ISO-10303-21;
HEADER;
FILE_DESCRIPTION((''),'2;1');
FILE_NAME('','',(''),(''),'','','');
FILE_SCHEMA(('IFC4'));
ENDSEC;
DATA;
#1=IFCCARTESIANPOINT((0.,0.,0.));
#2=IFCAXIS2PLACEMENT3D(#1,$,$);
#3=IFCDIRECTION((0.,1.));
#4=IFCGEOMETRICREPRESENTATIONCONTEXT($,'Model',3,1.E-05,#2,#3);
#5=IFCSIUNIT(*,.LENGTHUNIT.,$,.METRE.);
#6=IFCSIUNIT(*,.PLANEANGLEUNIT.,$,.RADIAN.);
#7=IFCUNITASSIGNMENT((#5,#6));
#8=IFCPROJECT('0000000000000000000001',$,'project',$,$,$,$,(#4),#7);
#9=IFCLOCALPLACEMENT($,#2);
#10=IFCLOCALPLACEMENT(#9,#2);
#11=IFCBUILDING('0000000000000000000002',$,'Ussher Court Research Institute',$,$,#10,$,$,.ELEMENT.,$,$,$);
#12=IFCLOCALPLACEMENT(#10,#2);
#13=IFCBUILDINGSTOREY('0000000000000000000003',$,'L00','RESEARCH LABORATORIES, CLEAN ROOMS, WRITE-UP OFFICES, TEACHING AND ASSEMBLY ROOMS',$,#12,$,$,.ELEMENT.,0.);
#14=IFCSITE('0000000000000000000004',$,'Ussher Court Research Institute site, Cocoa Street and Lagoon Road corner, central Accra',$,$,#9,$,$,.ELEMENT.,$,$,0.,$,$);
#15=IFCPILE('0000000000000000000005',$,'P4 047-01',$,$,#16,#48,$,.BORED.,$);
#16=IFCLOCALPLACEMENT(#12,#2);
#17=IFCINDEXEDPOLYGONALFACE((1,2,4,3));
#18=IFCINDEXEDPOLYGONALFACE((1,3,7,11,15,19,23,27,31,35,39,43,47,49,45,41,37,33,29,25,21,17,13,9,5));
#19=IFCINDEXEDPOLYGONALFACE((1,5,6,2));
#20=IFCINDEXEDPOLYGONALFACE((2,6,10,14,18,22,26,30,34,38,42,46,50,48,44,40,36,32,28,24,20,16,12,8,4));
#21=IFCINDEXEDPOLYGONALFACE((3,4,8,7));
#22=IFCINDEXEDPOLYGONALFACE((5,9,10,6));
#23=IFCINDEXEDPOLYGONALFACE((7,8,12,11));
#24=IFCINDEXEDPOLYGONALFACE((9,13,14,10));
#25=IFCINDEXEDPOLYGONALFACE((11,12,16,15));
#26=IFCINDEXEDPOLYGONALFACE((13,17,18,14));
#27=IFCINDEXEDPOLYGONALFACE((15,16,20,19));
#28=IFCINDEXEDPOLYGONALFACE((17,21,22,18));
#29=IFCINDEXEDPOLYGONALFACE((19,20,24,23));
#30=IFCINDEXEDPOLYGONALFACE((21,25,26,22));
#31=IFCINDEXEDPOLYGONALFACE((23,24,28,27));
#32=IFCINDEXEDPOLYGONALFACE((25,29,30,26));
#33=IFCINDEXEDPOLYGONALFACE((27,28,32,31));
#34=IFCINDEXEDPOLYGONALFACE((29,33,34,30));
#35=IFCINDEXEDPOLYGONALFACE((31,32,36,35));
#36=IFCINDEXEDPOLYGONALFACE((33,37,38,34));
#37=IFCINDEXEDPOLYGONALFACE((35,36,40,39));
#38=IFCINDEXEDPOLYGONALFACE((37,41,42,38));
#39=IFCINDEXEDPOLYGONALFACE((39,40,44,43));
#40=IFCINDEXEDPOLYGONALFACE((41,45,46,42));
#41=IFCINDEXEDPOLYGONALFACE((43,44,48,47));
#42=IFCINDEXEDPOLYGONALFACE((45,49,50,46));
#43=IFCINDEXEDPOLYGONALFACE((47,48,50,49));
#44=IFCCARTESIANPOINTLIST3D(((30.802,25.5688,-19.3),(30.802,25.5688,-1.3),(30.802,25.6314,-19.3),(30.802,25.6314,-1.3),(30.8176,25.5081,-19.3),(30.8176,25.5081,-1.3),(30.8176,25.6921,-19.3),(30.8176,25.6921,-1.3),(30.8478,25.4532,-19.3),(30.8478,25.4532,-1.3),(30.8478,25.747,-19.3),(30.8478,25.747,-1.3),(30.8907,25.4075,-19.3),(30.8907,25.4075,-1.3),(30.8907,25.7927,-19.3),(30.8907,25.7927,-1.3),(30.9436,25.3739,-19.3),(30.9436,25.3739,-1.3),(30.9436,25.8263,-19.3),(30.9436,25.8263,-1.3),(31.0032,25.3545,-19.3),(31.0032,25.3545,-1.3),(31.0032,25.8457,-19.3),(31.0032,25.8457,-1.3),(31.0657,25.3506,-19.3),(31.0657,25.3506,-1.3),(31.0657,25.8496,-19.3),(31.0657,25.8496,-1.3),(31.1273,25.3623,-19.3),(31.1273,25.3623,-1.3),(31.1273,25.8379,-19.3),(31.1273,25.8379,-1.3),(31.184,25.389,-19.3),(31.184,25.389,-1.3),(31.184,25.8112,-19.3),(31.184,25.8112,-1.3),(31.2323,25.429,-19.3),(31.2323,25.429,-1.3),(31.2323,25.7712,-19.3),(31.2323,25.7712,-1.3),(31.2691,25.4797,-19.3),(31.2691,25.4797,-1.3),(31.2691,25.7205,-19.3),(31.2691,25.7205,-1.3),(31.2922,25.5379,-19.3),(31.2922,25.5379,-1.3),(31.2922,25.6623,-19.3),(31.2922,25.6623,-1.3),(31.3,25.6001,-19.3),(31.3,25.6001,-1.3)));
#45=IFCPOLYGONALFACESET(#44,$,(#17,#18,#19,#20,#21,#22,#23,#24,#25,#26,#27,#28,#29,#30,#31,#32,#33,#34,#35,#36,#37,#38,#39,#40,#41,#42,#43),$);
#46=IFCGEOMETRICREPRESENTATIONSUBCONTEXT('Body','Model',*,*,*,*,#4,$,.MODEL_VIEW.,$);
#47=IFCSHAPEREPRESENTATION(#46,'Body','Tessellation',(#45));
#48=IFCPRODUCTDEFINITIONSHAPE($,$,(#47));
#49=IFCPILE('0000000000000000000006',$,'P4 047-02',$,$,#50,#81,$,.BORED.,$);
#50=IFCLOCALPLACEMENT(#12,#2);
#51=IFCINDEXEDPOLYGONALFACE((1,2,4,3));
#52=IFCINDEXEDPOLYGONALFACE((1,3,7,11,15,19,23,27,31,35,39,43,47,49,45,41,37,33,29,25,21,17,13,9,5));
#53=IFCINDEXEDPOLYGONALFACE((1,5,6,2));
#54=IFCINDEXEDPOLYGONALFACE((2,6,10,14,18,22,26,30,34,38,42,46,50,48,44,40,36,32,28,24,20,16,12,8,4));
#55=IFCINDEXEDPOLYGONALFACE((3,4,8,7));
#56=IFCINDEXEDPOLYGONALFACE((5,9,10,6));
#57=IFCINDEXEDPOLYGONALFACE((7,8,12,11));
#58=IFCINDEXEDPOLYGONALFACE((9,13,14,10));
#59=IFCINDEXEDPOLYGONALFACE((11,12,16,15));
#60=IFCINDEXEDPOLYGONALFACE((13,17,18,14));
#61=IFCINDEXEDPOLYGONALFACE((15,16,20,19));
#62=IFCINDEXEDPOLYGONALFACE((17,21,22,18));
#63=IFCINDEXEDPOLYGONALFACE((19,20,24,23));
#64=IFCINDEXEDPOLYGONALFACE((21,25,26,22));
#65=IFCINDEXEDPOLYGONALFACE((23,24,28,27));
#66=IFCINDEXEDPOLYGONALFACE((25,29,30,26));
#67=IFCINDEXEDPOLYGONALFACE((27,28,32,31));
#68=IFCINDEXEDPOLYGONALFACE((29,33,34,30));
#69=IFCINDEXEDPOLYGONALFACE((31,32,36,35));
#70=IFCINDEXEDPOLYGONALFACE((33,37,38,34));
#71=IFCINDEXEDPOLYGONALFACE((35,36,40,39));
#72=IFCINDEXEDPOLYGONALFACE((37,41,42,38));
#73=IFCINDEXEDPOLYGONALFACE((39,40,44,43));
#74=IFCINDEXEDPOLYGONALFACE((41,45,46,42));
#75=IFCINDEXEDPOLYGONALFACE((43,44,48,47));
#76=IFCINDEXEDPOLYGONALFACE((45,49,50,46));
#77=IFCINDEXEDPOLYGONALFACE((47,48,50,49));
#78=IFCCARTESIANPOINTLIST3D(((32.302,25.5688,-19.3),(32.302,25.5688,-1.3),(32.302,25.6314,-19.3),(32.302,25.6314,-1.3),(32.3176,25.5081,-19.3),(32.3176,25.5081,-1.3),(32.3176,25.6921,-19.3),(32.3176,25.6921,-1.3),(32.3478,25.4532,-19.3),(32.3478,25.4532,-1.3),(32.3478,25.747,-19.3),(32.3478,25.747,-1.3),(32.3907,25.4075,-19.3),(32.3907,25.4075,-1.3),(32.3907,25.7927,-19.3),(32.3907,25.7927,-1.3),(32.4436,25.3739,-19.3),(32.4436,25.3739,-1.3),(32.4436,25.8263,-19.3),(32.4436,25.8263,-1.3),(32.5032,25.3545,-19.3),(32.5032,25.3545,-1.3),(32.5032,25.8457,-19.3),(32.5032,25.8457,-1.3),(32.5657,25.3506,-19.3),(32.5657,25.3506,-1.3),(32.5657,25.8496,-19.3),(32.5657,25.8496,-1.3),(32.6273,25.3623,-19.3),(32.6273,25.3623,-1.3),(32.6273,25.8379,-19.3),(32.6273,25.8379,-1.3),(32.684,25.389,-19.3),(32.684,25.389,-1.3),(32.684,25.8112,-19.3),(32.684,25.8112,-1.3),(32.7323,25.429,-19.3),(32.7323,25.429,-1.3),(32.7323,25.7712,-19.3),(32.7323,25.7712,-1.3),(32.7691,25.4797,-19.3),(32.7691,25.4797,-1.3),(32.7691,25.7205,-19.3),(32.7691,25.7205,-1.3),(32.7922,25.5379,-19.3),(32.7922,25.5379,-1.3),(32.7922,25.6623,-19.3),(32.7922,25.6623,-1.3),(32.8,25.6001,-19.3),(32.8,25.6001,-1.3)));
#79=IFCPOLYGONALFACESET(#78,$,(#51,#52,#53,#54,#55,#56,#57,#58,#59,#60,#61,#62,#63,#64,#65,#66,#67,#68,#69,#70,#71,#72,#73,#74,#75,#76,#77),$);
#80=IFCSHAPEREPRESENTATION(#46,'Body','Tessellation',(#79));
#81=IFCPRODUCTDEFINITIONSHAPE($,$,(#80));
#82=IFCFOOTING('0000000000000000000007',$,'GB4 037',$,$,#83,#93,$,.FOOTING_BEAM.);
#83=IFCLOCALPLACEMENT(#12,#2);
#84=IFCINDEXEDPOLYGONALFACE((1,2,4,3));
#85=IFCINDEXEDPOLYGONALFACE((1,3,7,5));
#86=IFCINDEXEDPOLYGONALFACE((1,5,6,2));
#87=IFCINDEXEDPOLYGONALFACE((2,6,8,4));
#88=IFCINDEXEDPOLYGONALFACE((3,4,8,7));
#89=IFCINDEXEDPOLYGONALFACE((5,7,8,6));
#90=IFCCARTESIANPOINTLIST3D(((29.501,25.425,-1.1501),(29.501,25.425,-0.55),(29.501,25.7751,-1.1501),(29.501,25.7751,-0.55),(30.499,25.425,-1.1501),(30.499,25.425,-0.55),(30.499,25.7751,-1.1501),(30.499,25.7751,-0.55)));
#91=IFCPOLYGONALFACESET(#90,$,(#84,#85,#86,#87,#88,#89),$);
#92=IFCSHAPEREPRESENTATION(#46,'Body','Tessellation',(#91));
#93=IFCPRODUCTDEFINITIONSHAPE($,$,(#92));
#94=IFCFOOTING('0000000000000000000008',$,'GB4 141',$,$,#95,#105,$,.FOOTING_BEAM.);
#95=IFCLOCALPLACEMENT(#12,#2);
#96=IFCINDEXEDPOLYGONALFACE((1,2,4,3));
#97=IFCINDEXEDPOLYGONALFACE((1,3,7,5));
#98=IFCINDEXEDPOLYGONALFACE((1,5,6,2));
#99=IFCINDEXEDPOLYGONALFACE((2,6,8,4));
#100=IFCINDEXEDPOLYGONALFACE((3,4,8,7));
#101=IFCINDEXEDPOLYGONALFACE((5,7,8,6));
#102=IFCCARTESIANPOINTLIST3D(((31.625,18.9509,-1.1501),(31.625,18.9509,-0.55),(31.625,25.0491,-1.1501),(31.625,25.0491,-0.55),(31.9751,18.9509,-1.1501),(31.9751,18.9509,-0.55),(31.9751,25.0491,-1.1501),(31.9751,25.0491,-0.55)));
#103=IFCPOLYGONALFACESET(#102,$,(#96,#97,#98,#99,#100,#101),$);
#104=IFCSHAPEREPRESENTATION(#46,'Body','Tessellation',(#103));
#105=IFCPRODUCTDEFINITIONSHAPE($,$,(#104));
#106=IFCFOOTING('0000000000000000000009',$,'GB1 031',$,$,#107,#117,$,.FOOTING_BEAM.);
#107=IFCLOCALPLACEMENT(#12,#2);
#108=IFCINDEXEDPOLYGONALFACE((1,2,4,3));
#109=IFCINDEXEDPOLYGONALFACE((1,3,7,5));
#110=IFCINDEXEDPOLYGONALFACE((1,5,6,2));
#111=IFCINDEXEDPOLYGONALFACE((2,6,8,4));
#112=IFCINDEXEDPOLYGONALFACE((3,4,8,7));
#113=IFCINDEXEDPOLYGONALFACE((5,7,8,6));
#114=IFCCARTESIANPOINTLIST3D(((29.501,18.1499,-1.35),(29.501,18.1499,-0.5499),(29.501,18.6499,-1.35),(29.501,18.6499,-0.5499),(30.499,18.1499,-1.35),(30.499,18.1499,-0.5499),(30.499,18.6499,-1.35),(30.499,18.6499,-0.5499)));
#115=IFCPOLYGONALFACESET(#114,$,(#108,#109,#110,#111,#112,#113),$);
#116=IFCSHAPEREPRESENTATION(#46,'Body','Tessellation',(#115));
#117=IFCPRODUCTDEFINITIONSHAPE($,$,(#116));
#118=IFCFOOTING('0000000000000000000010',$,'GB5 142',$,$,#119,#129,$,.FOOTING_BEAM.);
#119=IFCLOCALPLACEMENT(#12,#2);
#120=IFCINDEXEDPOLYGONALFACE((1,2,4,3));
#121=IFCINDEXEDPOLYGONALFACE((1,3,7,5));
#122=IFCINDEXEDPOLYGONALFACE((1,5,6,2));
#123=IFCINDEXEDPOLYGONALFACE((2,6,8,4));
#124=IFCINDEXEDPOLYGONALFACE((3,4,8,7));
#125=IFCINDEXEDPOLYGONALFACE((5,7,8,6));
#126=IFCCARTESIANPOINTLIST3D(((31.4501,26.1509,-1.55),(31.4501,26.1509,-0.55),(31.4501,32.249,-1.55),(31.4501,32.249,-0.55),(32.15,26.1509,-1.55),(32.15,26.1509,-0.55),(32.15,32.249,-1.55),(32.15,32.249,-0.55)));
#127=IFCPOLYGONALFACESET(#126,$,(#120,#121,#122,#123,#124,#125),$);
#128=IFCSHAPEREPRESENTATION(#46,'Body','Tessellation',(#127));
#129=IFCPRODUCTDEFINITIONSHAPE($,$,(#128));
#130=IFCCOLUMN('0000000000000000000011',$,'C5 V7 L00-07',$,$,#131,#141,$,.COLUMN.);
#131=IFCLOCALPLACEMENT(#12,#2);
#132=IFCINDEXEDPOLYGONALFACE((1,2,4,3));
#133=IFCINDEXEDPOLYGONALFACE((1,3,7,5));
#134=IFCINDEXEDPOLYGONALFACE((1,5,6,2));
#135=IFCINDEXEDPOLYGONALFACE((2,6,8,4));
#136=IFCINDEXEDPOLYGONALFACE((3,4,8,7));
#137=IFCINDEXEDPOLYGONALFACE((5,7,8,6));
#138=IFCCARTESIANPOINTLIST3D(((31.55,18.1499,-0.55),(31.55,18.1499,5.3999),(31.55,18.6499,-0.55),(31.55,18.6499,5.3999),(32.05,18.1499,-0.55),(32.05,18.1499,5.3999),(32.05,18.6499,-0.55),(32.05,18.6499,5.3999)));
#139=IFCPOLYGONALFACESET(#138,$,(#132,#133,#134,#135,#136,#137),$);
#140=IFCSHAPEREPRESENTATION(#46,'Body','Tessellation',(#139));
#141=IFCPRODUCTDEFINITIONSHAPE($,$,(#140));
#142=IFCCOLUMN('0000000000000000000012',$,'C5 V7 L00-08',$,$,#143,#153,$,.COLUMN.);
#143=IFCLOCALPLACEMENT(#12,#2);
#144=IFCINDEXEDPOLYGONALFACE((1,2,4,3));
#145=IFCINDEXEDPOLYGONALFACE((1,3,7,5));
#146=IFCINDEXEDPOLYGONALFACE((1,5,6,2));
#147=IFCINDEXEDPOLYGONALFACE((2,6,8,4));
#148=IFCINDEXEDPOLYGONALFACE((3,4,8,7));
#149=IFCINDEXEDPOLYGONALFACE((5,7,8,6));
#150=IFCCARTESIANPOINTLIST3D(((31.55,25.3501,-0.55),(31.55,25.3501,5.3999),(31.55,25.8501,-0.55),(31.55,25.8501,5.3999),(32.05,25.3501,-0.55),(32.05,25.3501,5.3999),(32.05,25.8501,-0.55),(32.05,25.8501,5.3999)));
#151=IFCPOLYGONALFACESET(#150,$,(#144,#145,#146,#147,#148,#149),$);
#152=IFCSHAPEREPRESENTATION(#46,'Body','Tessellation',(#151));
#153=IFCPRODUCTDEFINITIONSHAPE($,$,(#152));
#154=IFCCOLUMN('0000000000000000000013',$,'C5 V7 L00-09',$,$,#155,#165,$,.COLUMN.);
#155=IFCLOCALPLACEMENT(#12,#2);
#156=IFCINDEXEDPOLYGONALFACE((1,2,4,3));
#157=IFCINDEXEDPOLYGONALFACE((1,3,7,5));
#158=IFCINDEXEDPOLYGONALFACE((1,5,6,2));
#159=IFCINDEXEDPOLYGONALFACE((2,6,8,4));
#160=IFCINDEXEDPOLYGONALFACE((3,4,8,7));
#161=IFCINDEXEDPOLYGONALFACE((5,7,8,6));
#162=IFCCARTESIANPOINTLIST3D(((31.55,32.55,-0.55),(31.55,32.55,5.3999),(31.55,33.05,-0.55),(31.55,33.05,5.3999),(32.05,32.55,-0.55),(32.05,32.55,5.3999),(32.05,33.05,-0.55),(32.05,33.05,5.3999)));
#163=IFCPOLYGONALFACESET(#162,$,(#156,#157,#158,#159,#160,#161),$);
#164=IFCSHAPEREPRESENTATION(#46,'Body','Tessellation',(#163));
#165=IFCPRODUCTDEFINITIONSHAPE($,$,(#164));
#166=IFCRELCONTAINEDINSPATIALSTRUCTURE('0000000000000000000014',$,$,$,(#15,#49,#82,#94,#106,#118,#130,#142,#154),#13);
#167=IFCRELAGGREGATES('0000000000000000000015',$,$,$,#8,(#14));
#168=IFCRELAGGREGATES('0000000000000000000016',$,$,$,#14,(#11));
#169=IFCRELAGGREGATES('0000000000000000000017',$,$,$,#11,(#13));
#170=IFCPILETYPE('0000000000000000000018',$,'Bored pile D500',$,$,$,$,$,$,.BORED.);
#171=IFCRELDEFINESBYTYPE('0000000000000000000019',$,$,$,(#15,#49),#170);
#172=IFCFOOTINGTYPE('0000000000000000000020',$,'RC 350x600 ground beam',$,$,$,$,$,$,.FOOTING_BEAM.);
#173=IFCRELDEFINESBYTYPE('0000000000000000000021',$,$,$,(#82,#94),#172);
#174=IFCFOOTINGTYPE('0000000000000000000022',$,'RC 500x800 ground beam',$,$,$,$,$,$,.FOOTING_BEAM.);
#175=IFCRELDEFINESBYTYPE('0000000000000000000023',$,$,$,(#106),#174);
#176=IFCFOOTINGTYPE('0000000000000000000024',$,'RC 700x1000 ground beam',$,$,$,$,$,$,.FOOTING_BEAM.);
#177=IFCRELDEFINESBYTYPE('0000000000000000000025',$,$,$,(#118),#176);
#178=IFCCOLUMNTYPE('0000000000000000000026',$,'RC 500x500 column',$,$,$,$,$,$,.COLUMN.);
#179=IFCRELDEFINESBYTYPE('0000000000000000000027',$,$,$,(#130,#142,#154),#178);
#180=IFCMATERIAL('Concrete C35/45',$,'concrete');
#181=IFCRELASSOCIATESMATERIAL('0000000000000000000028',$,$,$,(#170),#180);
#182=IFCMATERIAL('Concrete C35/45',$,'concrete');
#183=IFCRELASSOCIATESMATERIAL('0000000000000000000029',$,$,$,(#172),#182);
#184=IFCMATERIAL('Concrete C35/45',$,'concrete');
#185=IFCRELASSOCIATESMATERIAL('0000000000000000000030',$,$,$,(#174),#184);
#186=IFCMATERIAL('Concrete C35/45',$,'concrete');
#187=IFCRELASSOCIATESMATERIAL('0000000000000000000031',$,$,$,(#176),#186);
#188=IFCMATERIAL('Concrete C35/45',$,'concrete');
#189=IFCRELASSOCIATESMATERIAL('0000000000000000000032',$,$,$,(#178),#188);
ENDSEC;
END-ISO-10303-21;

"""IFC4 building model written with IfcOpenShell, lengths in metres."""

from ifc_helpers import new_model, si_unit, direction, frame, origin, origin_2d, place, context, subcontext, project, spatial, rectangle, circle, extrude, material, material_profile, profile_set, type_object, element, save


model = new_model("IFC4")

# Units and contexts
model_context = context("Model", 3, precision=1e-05, world=origin(), true_north=direction((0.0, 1.0)))
body_context = subcontext(model_context, "Body", "Model", "MODEL_VIEW")
ifc_project = project(units=[si_unit("LENGTHUNIT", "METRE"), si_unit("PLANEANGLEUNIT", "RADIAN")], contexts=[model_context])

# Site, building, storey
site_placement = place(None, origin())
site = spatial("IfcSite", under=ifc_project, at=site_placement, Name="Ussher Court Research Institute site, Cocoa Street and Lagoon Road corner, central Accra", CompositionType="ELEMENT", RefElevation=0.0)
building_placement = place(site_placement, origin())
building = spatial("IfcBuilding", under=site, at=building_placement, Name="Ussher Court Research Institute", CompositionType="ELEMENT")
storey_placement = place(building_placement, origin())
storey = spatial("IfcBuildingStorey", under=building, at=storey_placement, Name="L00", Description="RESEARCH LABORATORIES, CLEAN ROOMS, WRITE-UP OFFICES, TEACHING AND ASSEMBLY ROOMS", CompositionType="ELEMENT", Elevation=0.0)

# Piles
ifc_material_1 = material(Name="Concrete C35/45", Category="concrete")
ifc_material_profile_1 = material_profile(ifc_material_1, circle(Radius=0.25, at=origin_2d()), Name="RC D500")
ifc_profile_set_1 = profile_set([ifc_material_profile_1], Name="Concrete C35/45")
pile_type_1 = type_object("IfcPileType", Name="Bored pile D500", PredefinedType="BORED", material=ifc_profile_set_1)
for number, where, z_axis, x_axis, name in (
    (1, (31.05, 25.6001, -1.3), (0.0, 0.0, -1.0), (1.0, 0.0, 0.0), "P4 047-01"),
    (2, (32.55, 25.6001, -1.3), (0.0, 0.0, -1.0), (1.0, 0.0, 0.0), "P4 047-02"),
):
    element("IfcPile", number, at=place(storey_placement, frame(where, z_axis=z_axis, x_axis=x_axis)), inside=storey, type_object=pile_type_1, Name=name, PredefinedType="BORED", context=body_context, shape_type="SweptSolid", body=[
        extrude(circle(Radius=0.25, at=origin_2d()), origin(), (0.0, 0.0, 1.0), 18.0),
    ])

# Footings
ifc_material_2 = material(Name="Concrete C35/45", Category="concrete")
ifc_material_profile_2 = material_profile(ifc_material_2, rectangle(XDim=0.3501, YDim=0.6001, at=origin_2d()), Name="RC 350x600")
ifc_profile_set_2 = profile_set([ifc_material_profile_2], Name="Concrete C35/45")
footing_type_1 = type_object("IfcFootingType", Name="RC 350x600 ground beam", PredefinedType="FOOTING_BEAM", material=ifc_profile_set_2)
footing_1_placement = place(storey_placement, frame((29.501, 25.6001, -0.8501), z_axis=(1.0, 0.0, 0.0), x_axis=(0.0, 1.0, 0.0)))
element("IfcFooting", 3, at=footing_1_placement, inside=storey, type_object=footing_type_1, Name="GB4 037", PredefinedType="FOOTING_BEAM", context=body_context, shape_type="SweptSolid", body=[
    extrude(rectangle(XDim=0.3501, YDim=0.6001, at=origin_2d()), origin(), (0.0, 0.0, 1.0), 0.998),
])
footing_2_placement = place(storey_placement, frame((31.8, 18.9509, -0.8501), z_axis=(0.0, 1.0, 0.0), x_axis=(-1.0, 0.0, 0.0)))
element("IfcFooting", 4, at=footing_2_placement, inside=storey, type_object=footing_type_1, Name="GB4 141", PredefinedType="FOOTING_BEAM", context=body_context, shape_type="SweptSolid", body=[
    extrude(rectangle(XDim=0.3501, YDim=0.6001, at=origin_2d()), origin(), (0.0, 0.0, 1.0), 6.0981),
])
ifc_material_3 = material(Name="Concrete C35/45", Category="concrete")
ifc_material_profile_3 = material_profile(ifc_material_3, rectangle(XDim=0.5, YDim=0.8, at=origin_2d()), Name="RC 500x800")
ifc_profile_set_3 = profile_set([ifc_material_profile_3], Name="Concrete C35/45")
footing_type_2 = type_object("IfcFootingType", Name="RC 500x800 ground beam", PredefinedType="FOOTING_BEAM", material=ifc_profile_set_3)
footing_3_placement = place(storey_placement, frame((29.501, 18.3999, -0.95), z_axis=(1.0, 0.0, 0.0), x_axis=(0.0, 1.0, 0.0)))
element("IfcFooting", 5, at=footing_3_placement, inside=storey, type_object=footing_type_2, Name="GB1 031", PredefinedType="FOOTING_BEAM", context=body_context, shape_type="SweptSolid", body=[
    extrude(rectangle(XDim=0.5, YDim=0.8, at=origin_2d()), origin(), (0.0, 0.0, 1.0), 0.998),
])
ifc_material_4 = material(Name="Concrete C35/45", Category="concrete")
ifc_material_profile_4 = material_profile(ifc_material_4, rectangle(XDim=0.7, YDim=1.0, at=origin_2d()), Name="RC 700x1000")
ifc_profile_set_4 = profile_set([ifc_material_profile_4], Name="Concrete C35/45")
footing_type_3 = type_object("IfcFootingType", Name="RC 700x1000 ground beam", PredefinedType="FOOTING_BEAM", material=ifc_profile_set_4)
footing_4_placement = place(storey_placement, frame((31.8, 26.1509, -1.05), z_axis=(0.0, 1.0, 0.0), x_axis=(-1.0, 0.0, 0.0)))
element("IfcFooting", 6, at=footing_4_placement, inside=storey, type_object=footing_type_3, Name="GB5 142", PredefinedType="FOOTING_BEAM", context=body_context, shape_type="SweptSolid", body=[
    extrude(rectangle(XDim=0.7, YDim=1.0, at=origin_2d()), origin(), (0.0, 0.0, 1.0), 6.0981),
])

# Columns
ifc_material_5 = material(Name="Concrete C35/45", Category="concrete")
ifc_material_profile_5 = material_profile(ifc_material_5, rectangle(XDim=0.5, YDim=0.5, at=origin_2d()), Name="RC 500x500")
ifc_profile_set_5 = profile_set([ifc_material_profile_5], Name="Concrete C35/45")
column_type = type_object("IfcColumnType", Name="RC 500x500 column", PredefinedType="COLUMN", material=ifc_profile_set_5)
for number, where, z_axis, x_axis, name in (
    (7, (31.8, 18.3999, -0.55), (0.0, 0.0, 1.0), (1.0, 0.0, 0.0), "C5 V7 L00-07"),
    (8, (31.8, 25.6001, -0.55), (0.0, 0.0, 1.0), (1.0, 0.0, 0.0), "C5 V7 L00-08"),
    (9, (31.8, 32.8, -0.55), (0.0, 0.0, 1.0), (1.0, 0.0, 0.0), "C5 V7 L00-09"),
):
    element("IfcColumn", number, at=place(storey_placement, frame(where, z_axis=z_axis, x_axis=x_axis)), inside=storey, type_object=column_type, Name=name, PredefinedType="COLUMN", context=body_context, shape_type="SweptSolid", body=[
        extrude(rectangle(XDim=0.5, YDim=0.5, at=origin_2d()), origin(), (0.0, 0.0, 1.0), 5.95),
    ])

save(model, "model.ifc")
